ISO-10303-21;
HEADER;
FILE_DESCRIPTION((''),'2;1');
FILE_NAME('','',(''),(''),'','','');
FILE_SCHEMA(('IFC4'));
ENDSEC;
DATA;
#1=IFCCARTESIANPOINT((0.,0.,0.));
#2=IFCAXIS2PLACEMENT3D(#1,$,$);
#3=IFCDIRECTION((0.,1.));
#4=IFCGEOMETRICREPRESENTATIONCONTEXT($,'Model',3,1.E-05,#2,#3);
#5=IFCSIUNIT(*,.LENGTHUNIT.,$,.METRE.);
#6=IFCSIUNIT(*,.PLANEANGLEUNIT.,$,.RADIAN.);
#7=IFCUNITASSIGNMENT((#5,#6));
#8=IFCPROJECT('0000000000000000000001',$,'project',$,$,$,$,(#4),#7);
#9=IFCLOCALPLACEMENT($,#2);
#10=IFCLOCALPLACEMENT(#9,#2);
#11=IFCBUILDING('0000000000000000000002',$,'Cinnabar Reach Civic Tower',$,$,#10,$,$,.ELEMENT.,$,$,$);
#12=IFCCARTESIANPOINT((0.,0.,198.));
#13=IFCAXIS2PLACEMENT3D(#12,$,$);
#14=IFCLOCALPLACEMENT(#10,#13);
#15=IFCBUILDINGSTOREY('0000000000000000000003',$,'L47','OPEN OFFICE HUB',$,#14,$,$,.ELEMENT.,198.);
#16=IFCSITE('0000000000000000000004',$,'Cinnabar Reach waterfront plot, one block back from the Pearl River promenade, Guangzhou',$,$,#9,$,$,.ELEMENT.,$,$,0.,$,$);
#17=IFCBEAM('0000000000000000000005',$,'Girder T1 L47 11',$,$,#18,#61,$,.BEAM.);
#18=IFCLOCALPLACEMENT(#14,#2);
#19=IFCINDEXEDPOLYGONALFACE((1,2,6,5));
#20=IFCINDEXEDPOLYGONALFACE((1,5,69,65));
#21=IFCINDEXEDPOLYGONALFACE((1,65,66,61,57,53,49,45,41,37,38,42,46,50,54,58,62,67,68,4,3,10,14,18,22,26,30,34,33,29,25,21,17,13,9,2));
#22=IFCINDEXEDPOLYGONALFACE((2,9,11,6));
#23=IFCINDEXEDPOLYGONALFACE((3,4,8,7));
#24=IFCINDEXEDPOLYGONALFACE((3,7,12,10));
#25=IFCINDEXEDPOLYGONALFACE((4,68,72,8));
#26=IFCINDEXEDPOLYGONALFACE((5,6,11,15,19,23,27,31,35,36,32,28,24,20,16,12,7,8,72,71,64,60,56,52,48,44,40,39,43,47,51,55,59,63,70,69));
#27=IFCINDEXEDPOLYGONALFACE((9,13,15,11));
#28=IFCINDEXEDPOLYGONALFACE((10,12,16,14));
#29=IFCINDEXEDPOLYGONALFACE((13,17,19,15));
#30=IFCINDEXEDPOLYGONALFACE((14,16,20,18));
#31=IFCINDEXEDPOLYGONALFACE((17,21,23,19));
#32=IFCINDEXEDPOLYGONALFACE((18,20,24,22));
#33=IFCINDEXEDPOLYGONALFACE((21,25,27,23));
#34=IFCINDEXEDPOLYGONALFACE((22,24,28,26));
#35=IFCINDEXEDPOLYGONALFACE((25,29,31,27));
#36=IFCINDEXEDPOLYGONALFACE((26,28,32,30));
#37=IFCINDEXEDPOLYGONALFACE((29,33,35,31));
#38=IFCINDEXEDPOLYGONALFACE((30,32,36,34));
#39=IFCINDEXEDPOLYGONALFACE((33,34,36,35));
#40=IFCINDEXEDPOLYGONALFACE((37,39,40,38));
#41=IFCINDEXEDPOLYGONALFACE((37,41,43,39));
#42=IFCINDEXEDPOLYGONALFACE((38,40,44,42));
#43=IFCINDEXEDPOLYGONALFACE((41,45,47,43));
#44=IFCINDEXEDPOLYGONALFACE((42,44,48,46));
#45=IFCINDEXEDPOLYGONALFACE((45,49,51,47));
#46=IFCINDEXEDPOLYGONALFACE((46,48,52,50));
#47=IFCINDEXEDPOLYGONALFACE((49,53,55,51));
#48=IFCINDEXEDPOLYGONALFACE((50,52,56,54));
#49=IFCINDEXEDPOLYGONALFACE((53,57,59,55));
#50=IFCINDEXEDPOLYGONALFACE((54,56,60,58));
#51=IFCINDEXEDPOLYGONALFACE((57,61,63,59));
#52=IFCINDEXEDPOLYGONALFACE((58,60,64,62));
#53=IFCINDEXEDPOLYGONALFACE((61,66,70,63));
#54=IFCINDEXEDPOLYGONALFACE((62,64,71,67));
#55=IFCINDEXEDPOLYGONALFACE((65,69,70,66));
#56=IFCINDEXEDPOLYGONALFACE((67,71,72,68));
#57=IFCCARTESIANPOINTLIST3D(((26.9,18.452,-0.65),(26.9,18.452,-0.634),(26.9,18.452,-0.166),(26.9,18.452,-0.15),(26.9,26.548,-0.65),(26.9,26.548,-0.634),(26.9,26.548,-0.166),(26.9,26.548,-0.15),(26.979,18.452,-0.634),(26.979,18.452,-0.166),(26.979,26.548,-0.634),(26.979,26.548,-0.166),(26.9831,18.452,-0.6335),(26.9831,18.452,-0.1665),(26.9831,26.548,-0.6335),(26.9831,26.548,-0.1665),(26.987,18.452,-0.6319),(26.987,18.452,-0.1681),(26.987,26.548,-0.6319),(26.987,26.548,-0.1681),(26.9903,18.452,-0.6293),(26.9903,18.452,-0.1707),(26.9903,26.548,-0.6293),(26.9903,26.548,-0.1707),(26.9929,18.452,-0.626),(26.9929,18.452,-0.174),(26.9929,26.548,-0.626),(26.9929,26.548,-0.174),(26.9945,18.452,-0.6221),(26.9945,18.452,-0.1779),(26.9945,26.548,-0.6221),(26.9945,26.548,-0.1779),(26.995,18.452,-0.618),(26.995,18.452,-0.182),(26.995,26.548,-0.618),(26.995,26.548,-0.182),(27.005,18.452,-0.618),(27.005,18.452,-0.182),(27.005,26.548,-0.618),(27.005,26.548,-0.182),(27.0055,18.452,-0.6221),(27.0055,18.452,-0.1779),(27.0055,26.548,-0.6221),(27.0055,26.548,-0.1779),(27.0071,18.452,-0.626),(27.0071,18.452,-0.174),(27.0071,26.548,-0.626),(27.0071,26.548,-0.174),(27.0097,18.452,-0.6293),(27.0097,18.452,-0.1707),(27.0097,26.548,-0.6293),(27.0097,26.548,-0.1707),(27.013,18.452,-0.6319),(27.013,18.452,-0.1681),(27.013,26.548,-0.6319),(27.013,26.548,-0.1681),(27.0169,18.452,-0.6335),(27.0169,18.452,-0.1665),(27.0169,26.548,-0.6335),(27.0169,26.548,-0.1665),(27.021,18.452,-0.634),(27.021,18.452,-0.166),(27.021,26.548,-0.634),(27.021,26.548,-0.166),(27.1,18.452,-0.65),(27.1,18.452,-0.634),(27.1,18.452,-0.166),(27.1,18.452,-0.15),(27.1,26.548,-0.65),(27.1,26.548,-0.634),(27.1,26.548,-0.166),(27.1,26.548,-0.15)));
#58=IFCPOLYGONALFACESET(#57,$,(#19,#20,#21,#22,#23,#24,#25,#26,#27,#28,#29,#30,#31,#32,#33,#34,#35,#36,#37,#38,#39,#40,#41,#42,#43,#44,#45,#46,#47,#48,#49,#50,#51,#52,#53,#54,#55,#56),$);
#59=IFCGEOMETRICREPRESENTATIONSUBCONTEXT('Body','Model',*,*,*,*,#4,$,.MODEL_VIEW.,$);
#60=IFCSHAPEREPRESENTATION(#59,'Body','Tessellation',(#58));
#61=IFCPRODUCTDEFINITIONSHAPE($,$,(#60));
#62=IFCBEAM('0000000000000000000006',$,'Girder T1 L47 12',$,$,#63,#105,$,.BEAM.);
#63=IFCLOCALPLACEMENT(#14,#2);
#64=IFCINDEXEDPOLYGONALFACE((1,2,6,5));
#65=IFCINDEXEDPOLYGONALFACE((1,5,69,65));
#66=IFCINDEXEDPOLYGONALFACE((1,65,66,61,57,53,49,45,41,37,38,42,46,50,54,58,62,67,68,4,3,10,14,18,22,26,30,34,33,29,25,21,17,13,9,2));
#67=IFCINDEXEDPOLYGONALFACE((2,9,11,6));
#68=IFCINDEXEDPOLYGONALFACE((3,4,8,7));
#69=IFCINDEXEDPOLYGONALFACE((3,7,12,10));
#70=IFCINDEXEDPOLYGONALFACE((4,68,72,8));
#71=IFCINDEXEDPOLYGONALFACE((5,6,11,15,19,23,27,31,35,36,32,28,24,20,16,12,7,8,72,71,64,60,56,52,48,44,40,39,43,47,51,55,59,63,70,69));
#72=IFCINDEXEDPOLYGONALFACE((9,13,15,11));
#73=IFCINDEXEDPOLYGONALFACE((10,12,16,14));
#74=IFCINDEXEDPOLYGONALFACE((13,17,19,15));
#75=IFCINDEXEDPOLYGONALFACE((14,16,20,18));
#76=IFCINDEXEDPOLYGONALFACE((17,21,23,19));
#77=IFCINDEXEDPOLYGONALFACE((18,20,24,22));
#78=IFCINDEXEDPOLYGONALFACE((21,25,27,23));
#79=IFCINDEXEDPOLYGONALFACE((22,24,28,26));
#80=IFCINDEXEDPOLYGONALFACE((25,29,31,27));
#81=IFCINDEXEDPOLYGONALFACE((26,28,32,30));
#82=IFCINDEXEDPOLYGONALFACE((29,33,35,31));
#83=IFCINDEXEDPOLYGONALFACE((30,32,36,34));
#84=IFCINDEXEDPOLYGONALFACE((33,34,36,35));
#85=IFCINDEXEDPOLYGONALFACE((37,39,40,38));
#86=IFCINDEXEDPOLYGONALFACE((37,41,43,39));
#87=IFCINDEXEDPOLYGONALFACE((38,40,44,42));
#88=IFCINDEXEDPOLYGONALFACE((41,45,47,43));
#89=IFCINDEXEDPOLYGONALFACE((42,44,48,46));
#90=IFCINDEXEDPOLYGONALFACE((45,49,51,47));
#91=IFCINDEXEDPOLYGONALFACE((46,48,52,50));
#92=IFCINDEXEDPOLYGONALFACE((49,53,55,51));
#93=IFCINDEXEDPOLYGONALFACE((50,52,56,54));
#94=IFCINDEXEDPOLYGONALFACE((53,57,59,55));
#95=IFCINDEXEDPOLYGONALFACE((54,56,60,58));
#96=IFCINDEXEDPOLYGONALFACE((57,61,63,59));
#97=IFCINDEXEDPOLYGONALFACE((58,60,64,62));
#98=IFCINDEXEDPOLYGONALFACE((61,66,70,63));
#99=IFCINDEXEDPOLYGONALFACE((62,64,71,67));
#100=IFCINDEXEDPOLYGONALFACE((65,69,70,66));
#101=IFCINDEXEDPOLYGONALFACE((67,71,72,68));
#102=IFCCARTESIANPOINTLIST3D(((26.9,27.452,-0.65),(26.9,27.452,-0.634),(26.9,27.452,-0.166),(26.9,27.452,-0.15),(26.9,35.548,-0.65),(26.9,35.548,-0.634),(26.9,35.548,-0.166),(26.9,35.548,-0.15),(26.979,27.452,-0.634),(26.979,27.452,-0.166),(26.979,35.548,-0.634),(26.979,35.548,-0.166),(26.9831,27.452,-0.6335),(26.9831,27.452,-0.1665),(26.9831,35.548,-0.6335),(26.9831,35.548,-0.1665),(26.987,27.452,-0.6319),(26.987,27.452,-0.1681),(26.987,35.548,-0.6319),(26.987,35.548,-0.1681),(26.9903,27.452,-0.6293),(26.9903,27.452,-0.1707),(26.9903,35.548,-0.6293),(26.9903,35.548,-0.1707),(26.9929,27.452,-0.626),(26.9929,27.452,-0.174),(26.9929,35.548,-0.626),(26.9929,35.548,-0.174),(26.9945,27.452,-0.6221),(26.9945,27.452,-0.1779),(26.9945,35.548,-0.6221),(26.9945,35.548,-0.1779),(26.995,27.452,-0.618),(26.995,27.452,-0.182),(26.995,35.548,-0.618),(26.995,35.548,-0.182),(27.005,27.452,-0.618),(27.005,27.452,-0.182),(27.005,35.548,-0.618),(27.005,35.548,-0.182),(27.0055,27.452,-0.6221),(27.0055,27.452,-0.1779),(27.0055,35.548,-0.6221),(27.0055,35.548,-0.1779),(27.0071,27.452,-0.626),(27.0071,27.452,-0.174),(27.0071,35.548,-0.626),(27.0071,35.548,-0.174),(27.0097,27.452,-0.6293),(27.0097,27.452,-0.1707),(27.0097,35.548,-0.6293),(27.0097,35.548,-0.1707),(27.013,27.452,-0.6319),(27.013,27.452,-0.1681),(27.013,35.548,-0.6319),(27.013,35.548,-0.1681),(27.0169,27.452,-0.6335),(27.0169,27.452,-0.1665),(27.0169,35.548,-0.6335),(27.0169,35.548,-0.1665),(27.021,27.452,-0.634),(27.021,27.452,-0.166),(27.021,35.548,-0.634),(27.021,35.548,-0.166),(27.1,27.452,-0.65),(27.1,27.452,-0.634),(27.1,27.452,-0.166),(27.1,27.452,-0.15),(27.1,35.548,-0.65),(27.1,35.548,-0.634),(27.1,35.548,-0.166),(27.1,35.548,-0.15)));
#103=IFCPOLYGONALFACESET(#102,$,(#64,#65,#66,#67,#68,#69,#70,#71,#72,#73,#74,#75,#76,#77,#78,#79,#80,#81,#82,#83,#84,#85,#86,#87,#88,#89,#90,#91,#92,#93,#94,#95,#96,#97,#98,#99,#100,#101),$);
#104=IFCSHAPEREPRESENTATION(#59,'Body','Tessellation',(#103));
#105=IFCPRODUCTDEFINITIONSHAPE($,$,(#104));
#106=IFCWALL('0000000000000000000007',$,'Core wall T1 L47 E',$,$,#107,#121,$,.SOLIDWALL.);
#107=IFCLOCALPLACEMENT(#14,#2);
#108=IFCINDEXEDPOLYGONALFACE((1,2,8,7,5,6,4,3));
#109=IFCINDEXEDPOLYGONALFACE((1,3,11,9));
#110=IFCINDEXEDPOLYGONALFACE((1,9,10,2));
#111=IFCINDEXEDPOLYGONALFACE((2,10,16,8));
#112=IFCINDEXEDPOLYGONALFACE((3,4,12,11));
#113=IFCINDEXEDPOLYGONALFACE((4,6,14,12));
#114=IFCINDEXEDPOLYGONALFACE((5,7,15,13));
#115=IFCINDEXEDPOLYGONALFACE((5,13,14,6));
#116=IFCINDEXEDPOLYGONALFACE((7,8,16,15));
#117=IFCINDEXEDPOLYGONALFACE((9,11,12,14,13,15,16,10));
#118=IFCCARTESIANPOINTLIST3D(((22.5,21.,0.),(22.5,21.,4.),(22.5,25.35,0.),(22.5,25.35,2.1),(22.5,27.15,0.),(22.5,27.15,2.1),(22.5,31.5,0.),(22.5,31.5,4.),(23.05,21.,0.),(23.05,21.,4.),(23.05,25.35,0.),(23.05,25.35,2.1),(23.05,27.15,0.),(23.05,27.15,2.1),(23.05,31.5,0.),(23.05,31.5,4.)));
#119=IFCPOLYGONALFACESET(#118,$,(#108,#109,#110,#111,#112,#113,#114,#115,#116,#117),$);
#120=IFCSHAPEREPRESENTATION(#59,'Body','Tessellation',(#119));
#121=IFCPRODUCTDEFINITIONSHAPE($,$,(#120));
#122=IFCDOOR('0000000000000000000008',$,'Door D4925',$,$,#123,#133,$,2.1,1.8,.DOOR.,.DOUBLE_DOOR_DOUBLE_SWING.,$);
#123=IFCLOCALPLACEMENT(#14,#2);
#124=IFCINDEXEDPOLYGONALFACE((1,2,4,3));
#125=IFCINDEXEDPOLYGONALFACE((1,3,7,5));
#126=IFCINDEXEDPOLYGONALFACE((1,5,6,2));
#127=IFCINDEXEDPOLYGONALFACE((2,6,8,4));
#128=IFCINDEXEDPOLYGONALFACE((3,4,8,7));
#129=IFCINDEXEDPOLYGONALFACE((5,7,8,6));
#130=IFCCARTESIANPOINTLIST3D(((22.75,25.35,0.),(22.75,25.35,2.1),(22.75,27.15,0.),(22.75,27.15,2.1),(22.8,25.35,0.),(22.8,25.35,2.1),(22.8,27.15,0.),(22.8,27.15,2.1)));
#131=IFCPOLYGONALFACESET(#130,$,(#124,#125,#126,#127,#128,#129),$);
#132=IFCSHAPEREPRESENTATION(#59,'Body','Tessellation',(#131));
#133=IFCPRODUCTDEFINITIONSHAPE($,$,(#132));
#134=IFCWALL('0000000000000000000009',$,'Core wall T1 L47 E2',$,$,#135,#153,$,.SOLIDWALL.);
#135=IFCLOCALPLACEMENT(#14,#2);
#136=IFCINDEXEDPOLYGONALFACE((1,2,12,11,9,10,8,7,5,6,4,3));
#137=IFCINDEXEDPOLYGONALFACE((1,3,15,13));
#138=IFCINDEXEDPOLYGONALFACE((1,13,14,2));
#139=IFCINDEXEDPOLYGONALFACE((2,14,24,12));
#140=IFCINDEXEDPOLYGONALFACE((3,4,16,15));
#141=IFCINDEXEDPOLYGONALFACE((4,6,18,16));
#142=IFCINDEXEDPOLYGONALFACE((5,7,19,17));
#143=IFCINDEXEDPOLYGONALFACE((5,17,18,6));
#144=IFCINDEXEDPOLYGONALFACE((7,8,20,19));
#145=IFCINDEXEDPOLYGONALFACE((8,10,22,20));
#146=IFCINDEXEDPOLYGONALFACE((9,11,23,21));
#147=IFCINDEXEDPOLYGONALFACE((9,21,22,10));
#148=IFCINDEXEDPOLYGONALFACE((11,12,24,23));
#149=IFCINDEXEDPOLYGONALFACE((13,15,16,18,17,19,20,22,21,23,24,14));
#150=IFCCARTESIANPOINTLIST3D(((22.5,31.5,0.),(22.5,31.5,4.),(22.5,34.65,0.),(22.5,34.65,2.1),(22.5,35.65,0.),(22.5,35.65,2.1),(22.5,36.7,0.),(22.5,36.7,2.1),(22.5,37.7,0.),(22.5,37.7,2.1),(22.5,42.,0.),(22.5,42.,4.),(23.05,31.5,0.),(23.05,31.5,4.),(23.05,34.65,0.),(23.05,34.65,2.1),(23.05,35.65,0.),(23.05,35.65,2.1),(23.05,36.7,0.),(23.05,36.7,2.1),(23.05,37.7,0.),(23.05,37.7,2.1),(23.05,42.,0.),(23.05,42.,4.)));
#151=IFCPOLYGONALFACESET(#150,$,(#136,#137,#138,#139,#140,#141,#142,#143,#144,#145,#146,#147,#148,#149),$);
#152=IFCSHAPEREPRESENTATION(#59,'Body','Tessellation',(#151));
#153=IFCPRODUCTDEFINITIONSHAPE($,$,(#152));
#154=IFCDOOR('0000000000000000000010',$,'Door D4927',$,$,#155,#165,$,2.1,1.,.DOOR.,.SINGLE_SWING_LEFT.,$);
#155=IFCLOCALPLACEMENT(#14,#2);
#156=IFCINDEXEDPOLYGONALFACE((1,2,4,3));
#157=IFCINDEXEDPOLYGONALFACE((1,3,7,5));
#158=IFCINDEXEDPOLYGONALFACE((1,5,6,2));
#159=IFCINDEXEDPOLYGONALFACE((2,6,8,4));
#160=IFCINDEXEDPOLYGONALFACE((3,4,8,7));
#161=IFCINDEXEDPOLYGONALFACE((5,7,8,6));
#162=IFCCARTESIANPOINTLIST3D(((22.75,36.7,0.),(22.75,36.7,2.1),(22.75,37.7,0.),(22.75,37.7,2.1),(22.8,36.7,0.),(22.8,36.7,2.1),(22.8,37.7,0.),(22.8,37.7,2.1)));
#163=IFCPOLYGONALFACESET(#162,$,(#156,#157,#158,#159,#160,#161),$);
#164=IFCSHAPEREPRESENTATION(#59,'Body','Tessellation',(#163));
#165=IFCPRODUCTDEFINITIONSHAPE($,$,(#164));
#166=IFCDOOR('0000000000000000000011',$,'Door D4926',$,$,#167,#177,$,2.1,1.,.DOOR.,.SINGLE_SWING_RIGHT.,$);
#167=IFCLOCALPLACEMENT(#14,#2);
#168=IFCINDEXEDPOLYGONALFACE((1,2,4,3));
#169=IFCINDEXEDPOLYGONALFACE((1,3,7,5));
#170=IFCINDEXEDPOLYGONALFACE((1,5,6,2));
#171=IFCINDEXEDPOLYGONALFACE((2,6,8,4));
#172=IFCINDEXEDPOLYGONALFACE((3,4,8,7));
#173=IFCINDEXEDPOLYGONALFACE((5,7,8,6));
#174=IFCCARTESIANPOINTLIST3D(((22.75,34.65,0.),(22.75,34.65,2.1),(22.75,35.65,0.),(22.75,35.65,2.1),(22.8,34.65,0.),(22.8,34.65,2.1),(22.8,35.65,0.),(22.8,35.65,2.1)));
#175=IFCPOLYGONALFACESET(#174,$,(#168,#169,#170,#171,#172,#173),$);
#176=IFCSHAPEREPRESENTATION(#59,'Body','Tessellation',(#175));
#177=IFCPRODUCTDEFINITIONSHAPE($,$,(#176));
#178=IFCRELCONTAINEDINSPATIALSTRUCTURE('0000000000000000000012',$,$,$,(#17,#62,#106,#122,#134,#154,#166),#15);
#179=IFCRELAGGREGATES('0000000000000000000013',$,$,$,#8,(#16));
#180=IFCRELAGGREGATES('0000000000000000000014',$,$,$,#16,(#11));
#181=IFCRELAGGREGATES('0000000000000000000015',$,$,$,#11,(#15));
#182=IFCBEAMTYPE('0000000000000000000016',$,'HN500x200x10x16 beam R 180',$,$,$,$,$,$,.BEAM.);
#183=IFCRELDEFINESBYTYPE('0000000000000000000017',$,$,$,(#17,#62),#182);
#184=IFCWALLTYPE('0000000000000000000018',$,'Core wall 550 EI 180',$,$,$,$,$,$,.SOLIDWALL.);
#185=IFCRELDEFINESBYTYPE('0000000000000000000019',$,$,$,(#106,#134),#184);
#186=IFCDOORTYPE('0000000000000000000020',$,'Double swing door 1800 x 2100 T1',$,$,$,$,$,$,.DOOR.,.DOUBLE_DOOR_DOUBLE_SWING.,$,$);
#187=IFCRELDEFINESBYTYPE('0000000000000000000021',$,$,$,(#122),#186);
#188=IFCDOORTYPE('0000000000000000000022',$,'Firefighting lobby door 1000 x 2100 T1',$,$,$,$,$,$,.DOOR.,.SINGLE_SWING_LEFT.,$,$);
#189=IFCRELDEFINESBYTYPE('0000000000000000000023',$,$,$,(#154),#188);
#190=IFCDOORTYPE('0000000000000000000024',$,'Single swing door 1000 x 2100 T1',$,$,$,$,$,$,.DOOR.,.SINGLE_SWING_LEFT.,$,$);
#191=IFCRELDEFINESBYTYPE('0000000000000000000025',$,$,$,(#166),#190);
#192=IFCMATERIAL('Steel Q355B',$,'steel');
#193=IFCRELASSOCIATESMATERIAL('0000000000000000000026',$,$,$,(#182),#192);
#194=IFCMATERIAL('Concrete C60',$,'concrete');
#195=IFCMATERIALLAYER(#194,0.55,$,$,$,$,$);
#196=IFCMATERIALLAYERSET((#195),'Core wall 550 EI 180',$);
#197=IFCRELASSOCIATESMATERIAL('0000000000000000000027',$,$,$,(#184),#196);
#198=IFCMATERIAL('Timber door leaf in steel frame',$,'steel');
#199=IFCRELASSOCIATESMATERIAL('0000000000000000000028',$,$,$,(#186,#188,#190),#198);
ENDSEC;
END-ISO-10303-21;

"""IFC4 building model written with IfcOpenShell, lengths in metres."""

from ifc_helpers import new_model, si_unit, direction, frame, frame_2d, origin, origin_2d, place, context, subcontext, project, spatial, rectangle, i_section, extrude, material, layer, layer_set, material_profile, profile_set, type_object, element, fill, save


model = new_model("IFC4")

# Units and contexts
model_context = context("Model", 3, precision=1e-05, world=origin(), true_north=direction((0.0, 1.0)))
body_context = subcontext(model_context, "Body", "Model", "MODEL_VIEW")
ifc_project = project(units=[si_unit("LENGTHUNIT", "METRE"), si_unit("PLANEANGLEUNIT", "RADIAN")], contexts=[model_context])

# Site, building, storey
site_placement = place(None, origin())
site = spatial("IfcSite", under=ifc_project, at=site_placement, Name="Cinnabar Reach waterfront plot, one block back from the Pearl River promenade, Guangzhou", CompositionType="ELEMENT", RefElevation=0.0)
building_placement = place(site_placement, origin())
building = spatial("IfcBuilding", under=site, at=building_placement, Name="Cinnabar Reach Civic Tower", CompositionType="ELEMENT")
storey_placement = place(building_placement, frame((0.0, 0.0, 198.0)))
storey = spatial("IfcBuildingStorey", under=building, at=storey_placement, Name="L47", Description="OPEN OFFICE HUB", CompositionType="ELEMENT", Elevation=198.0)

# Shared definitions
ifc_material_1 = material(Name="Concrete C60", Category="concrete")

# Beams
ifc_material_2 = material(Name="Steel Q355B", Category="steel")
ifc_material_profile_1 = material_profile(ifc_material_2, i_section(OverallWidth=0.2, OverallDepth=0.5, WebThickness=0.01, FlangeThickness=0.016, FilletRadius=0.016, at=origin_2d()), Name="HN500x200x10x16")
ifc_profile_set_1 = profile_set([ifc_material_profile_1], Name="Steel Q355B")
beam_type_1 = type_object("IfcBeamType", Name="HN500x200x10x16 beam R 180", PredefinedType="BEAM", material=ifc_profile_set_1)
for number, where, z_axis, x_axis, name in (
    (1, (27.0, 18.452, -0.4), (0.0, 1.0, 0.0), (-1.0, 0.0, 0.0), "Girder T1 L47 11"),
    (2, (27.0, 27.452, -0.4), (0.0, 1.0, 0.0), (-1.0, 0.0, 0.0), "Girder T1 L47 12"),
):
    element("IfcBeam", number, at=place(storey_placement, frame(where, z_axis=z_axis, x_axis=x_axis)), inside=storey, type_object=beam_type_1, Name=name, PredefinedType="BEAM", context=body_context, shape_type="SweptSolid", body=[
        extrude(i_section(OverallWidth=0.2, OverallDepth=0.5, WebThickness=0.01, FlangeThickness=0.016, FilletRadius=0.016, at=origin_2d()), origin(), (0.0, 0.0, 1.0), 8.096),
    ])

# Wall, opening, door
ifc_layer_1 = layer(ifc_material_1, 0.55)
ifc_layer_set_1 = layer_set([ifc_layer_1], Name="Core wall 550 EI 180")
wall_type_1 = type_object("IfcWallType", Name="Core wall 550 EI 180", PredefinedType="SOLIDWALL", material=ifc_layer_set_1)
wall_1_placement = place(storey_placement, frame((22.775, 21.0, 0.0), z_axis=(0.0, 0.0, 1.0), x_axis=(0.0, 1.0, 0.0)))
wall_1 = element("IfcWall", 3, at=wall_1_placement, inside=storey, type_object=wall_type_1, Name="Core wall T1 L47 E", PredefinedType="SOLIDWALL", context=body_context, shape_type="SweptSolid", body=[
    extrude(rectangle(XDim=10.5, YDim=0.55, at=frame_2d((5.25, 0.0))), origin(), (0.0, 0.0, 1.0), 4.0),
])
opening_1_placement = place(wall_1_placement, frame((4.35, 0.0, 0.0)))
opening_1 = element("IfcOpeningElement", 4, at=opening_1_placement, cuts=wall_1, PredefinedType="OPENING", context=body_context, shape_type="SweptSolid", body=[
    extrude(rectangle(XDim=1.8, YDim=2.1, at=frame_2d((0.9, 1.05))), frame((0.0, 0.285, 0.0), z_axis=(0.0, -1.0, 0.0), x_axis=(1.0, 0.0, 0.0)), (0.0, 0.0, 1.0), 0.57),
])
ifc_material_3 = material(Name="Timber door leaf in steel frame", Category="steel")
door_type_1 = type_object("IfcDoorType", Name="Double swing door 1800 x 2100 T1", OperationType="DOUBLE_DOOR_DOUBLE_SWING", PredefinedType="DOOR", material=ifc_material_3)
door_1_placement = place(opening_1_placement, origin())
door_1 = element("IfcDoor", 5, at=door_1_placement, inside=storey, type_object=door_type_1, Name="Door D4925", OperationType="DOUBLE_DOOR_DOUBLE_SWING", OverallHeight=2.1, OverallWidth=1.8, PredefinedType="DOOR", context=body_context, shape_type="SweptSolid", body=[
    extrude(rectangle(XDim=1.8, YDim=2.1, at=frame_2d((0.9, 1.05))), frame((0.0, 0.025, 0.0), z_axis=(0.0, -1.0, 0.0), x_axis=(1.0, 0.0, 0.0)), (0.0, 0.0, 1.0), 0.05),
])
fill(opening_1, door_1)

# Wall, openings, doors
wall_2_placement = place(storey_placement, frame((22.775, 31.5, 0.0), z_axis=(0.0, 0.0, 1.0), x_axis=(0.0, 1.0, 0.0)))
wall_2 = element("IfcWall", 6, at=wall_2_placement, inside=storey, type_object=wall_type_1, Name="Core wall T1 L47 E2", PredefinedType="SOLIDWALL", context=body_context, shape_type="SweptSolid", body=[
    extrude(rectangle(XDim=10.5, YDim=0.55, at=frame_2d((5.25, 0.0))), origin(), (0.0, 0.0, 1.0), 4.0),
])
opening_2_placement = place(wall_2_placement, frame((3.15, 0.0, 0.0)))
opening_2 = element("IfcOpeningElement", 7, at=opening_2_placement, cuts=wall_2, PredefinedType="OPENING", context=body_context, shape_type="SweptSolid", body=[
    extrude(rectangle(XDim=1.0, YDim=2.1, at=frame_2d((0.5, 1.05))), frame((0.0, 0.285, 0.0), z_axis=(0.0, -1.0, 0.0), x_axis=(1.0, 0.0, 0.0)), (0.0, 0.0, 1.0), 0.57),
])
opening_3_placement = place(wall_2_placement, frame((5.2, 0.0, 0.0)))
opening_3 = element("IfcOpeningElement", 8, at=opening_3_placement, cuts=wall_2, PredefinedType="OPENING", context=body_context, shape_type="SweptSolid", body=[
    extrude(rectangle(XDim=1.0, YDim=2.1, at=frame_2d((0.5, 1.05))), frame((0.0, 0.285, 0.0), z_axis=(0.0, -1.0, 0.0), x_axis=(1.0, 0.0, 0.0)), (0.0, 0.0, 1.0), 0.57),
])
door_type_2 = type_object("IfcDoorType", Name="Firefighting lobby door 1000 x 2100 T1", OperationType="SINGLE_SWING_LEFT", PredefinedType="DOOR", material=ifc_material_3)
door_2_placement = place(opening_3_placement, origin())
door_2 = element("IfcDoor", 9, at=door_2_placement, inside=storey, type_object=door_type_2, Name="Door D4927", OperationType="SINGLE_SWING_LEFT", OverallHeight=2.1, OverallWidth=1.0, PredefinedType="DOOR", context=body_context, shape_type="SweptSolid", body=[
    extrude(rectangle(XDim=1.0, YDim=2.1, at=frame_2d((0.5, 1.05))), frame((0.0, 0.025, 0.0), z_axis=(0.0, -1.0, 0.0), x_axis=(1.0, 0.0, 0.0)), (0.0, 0.0, 1.0), 0.05),
])
fill(opening_3, door_2)
door_type_3 = type_object("IfcDoorType", Name="Single swing door 1000 x 2100 T1", OperationType="SINGLE_SWING_LEFT", PredefinedType="DOOR", material=ifc_material_3)
door_3_placement = place(opening_2_placement, origin())
door_3 = element("IfcDoor", 10, at=door_3_placement, inside=storey, type_object=door_type_3, Name="Door D4926", OperationType="SINGLE_SWING_RIGHT", OverallHeight=2.1, OverallWidth=1.0, PredefinedType="DOOR", context=body_context, shape_type="SweptSolid", body=[
    extrude(rectangle(XDim=1.0, YDim=2.1, at=frame_2d((0.5, 1.05))), frame((0.0, 0.025, 0.0), z_axis=(0.0, -1.0, 0.0), x_axis=(1.0, 0.0, 0.0)), (0.0, 0.0, 1.0), 0.05),
])
fill(opening_2, door_3)

save(model, "model.ifc")
